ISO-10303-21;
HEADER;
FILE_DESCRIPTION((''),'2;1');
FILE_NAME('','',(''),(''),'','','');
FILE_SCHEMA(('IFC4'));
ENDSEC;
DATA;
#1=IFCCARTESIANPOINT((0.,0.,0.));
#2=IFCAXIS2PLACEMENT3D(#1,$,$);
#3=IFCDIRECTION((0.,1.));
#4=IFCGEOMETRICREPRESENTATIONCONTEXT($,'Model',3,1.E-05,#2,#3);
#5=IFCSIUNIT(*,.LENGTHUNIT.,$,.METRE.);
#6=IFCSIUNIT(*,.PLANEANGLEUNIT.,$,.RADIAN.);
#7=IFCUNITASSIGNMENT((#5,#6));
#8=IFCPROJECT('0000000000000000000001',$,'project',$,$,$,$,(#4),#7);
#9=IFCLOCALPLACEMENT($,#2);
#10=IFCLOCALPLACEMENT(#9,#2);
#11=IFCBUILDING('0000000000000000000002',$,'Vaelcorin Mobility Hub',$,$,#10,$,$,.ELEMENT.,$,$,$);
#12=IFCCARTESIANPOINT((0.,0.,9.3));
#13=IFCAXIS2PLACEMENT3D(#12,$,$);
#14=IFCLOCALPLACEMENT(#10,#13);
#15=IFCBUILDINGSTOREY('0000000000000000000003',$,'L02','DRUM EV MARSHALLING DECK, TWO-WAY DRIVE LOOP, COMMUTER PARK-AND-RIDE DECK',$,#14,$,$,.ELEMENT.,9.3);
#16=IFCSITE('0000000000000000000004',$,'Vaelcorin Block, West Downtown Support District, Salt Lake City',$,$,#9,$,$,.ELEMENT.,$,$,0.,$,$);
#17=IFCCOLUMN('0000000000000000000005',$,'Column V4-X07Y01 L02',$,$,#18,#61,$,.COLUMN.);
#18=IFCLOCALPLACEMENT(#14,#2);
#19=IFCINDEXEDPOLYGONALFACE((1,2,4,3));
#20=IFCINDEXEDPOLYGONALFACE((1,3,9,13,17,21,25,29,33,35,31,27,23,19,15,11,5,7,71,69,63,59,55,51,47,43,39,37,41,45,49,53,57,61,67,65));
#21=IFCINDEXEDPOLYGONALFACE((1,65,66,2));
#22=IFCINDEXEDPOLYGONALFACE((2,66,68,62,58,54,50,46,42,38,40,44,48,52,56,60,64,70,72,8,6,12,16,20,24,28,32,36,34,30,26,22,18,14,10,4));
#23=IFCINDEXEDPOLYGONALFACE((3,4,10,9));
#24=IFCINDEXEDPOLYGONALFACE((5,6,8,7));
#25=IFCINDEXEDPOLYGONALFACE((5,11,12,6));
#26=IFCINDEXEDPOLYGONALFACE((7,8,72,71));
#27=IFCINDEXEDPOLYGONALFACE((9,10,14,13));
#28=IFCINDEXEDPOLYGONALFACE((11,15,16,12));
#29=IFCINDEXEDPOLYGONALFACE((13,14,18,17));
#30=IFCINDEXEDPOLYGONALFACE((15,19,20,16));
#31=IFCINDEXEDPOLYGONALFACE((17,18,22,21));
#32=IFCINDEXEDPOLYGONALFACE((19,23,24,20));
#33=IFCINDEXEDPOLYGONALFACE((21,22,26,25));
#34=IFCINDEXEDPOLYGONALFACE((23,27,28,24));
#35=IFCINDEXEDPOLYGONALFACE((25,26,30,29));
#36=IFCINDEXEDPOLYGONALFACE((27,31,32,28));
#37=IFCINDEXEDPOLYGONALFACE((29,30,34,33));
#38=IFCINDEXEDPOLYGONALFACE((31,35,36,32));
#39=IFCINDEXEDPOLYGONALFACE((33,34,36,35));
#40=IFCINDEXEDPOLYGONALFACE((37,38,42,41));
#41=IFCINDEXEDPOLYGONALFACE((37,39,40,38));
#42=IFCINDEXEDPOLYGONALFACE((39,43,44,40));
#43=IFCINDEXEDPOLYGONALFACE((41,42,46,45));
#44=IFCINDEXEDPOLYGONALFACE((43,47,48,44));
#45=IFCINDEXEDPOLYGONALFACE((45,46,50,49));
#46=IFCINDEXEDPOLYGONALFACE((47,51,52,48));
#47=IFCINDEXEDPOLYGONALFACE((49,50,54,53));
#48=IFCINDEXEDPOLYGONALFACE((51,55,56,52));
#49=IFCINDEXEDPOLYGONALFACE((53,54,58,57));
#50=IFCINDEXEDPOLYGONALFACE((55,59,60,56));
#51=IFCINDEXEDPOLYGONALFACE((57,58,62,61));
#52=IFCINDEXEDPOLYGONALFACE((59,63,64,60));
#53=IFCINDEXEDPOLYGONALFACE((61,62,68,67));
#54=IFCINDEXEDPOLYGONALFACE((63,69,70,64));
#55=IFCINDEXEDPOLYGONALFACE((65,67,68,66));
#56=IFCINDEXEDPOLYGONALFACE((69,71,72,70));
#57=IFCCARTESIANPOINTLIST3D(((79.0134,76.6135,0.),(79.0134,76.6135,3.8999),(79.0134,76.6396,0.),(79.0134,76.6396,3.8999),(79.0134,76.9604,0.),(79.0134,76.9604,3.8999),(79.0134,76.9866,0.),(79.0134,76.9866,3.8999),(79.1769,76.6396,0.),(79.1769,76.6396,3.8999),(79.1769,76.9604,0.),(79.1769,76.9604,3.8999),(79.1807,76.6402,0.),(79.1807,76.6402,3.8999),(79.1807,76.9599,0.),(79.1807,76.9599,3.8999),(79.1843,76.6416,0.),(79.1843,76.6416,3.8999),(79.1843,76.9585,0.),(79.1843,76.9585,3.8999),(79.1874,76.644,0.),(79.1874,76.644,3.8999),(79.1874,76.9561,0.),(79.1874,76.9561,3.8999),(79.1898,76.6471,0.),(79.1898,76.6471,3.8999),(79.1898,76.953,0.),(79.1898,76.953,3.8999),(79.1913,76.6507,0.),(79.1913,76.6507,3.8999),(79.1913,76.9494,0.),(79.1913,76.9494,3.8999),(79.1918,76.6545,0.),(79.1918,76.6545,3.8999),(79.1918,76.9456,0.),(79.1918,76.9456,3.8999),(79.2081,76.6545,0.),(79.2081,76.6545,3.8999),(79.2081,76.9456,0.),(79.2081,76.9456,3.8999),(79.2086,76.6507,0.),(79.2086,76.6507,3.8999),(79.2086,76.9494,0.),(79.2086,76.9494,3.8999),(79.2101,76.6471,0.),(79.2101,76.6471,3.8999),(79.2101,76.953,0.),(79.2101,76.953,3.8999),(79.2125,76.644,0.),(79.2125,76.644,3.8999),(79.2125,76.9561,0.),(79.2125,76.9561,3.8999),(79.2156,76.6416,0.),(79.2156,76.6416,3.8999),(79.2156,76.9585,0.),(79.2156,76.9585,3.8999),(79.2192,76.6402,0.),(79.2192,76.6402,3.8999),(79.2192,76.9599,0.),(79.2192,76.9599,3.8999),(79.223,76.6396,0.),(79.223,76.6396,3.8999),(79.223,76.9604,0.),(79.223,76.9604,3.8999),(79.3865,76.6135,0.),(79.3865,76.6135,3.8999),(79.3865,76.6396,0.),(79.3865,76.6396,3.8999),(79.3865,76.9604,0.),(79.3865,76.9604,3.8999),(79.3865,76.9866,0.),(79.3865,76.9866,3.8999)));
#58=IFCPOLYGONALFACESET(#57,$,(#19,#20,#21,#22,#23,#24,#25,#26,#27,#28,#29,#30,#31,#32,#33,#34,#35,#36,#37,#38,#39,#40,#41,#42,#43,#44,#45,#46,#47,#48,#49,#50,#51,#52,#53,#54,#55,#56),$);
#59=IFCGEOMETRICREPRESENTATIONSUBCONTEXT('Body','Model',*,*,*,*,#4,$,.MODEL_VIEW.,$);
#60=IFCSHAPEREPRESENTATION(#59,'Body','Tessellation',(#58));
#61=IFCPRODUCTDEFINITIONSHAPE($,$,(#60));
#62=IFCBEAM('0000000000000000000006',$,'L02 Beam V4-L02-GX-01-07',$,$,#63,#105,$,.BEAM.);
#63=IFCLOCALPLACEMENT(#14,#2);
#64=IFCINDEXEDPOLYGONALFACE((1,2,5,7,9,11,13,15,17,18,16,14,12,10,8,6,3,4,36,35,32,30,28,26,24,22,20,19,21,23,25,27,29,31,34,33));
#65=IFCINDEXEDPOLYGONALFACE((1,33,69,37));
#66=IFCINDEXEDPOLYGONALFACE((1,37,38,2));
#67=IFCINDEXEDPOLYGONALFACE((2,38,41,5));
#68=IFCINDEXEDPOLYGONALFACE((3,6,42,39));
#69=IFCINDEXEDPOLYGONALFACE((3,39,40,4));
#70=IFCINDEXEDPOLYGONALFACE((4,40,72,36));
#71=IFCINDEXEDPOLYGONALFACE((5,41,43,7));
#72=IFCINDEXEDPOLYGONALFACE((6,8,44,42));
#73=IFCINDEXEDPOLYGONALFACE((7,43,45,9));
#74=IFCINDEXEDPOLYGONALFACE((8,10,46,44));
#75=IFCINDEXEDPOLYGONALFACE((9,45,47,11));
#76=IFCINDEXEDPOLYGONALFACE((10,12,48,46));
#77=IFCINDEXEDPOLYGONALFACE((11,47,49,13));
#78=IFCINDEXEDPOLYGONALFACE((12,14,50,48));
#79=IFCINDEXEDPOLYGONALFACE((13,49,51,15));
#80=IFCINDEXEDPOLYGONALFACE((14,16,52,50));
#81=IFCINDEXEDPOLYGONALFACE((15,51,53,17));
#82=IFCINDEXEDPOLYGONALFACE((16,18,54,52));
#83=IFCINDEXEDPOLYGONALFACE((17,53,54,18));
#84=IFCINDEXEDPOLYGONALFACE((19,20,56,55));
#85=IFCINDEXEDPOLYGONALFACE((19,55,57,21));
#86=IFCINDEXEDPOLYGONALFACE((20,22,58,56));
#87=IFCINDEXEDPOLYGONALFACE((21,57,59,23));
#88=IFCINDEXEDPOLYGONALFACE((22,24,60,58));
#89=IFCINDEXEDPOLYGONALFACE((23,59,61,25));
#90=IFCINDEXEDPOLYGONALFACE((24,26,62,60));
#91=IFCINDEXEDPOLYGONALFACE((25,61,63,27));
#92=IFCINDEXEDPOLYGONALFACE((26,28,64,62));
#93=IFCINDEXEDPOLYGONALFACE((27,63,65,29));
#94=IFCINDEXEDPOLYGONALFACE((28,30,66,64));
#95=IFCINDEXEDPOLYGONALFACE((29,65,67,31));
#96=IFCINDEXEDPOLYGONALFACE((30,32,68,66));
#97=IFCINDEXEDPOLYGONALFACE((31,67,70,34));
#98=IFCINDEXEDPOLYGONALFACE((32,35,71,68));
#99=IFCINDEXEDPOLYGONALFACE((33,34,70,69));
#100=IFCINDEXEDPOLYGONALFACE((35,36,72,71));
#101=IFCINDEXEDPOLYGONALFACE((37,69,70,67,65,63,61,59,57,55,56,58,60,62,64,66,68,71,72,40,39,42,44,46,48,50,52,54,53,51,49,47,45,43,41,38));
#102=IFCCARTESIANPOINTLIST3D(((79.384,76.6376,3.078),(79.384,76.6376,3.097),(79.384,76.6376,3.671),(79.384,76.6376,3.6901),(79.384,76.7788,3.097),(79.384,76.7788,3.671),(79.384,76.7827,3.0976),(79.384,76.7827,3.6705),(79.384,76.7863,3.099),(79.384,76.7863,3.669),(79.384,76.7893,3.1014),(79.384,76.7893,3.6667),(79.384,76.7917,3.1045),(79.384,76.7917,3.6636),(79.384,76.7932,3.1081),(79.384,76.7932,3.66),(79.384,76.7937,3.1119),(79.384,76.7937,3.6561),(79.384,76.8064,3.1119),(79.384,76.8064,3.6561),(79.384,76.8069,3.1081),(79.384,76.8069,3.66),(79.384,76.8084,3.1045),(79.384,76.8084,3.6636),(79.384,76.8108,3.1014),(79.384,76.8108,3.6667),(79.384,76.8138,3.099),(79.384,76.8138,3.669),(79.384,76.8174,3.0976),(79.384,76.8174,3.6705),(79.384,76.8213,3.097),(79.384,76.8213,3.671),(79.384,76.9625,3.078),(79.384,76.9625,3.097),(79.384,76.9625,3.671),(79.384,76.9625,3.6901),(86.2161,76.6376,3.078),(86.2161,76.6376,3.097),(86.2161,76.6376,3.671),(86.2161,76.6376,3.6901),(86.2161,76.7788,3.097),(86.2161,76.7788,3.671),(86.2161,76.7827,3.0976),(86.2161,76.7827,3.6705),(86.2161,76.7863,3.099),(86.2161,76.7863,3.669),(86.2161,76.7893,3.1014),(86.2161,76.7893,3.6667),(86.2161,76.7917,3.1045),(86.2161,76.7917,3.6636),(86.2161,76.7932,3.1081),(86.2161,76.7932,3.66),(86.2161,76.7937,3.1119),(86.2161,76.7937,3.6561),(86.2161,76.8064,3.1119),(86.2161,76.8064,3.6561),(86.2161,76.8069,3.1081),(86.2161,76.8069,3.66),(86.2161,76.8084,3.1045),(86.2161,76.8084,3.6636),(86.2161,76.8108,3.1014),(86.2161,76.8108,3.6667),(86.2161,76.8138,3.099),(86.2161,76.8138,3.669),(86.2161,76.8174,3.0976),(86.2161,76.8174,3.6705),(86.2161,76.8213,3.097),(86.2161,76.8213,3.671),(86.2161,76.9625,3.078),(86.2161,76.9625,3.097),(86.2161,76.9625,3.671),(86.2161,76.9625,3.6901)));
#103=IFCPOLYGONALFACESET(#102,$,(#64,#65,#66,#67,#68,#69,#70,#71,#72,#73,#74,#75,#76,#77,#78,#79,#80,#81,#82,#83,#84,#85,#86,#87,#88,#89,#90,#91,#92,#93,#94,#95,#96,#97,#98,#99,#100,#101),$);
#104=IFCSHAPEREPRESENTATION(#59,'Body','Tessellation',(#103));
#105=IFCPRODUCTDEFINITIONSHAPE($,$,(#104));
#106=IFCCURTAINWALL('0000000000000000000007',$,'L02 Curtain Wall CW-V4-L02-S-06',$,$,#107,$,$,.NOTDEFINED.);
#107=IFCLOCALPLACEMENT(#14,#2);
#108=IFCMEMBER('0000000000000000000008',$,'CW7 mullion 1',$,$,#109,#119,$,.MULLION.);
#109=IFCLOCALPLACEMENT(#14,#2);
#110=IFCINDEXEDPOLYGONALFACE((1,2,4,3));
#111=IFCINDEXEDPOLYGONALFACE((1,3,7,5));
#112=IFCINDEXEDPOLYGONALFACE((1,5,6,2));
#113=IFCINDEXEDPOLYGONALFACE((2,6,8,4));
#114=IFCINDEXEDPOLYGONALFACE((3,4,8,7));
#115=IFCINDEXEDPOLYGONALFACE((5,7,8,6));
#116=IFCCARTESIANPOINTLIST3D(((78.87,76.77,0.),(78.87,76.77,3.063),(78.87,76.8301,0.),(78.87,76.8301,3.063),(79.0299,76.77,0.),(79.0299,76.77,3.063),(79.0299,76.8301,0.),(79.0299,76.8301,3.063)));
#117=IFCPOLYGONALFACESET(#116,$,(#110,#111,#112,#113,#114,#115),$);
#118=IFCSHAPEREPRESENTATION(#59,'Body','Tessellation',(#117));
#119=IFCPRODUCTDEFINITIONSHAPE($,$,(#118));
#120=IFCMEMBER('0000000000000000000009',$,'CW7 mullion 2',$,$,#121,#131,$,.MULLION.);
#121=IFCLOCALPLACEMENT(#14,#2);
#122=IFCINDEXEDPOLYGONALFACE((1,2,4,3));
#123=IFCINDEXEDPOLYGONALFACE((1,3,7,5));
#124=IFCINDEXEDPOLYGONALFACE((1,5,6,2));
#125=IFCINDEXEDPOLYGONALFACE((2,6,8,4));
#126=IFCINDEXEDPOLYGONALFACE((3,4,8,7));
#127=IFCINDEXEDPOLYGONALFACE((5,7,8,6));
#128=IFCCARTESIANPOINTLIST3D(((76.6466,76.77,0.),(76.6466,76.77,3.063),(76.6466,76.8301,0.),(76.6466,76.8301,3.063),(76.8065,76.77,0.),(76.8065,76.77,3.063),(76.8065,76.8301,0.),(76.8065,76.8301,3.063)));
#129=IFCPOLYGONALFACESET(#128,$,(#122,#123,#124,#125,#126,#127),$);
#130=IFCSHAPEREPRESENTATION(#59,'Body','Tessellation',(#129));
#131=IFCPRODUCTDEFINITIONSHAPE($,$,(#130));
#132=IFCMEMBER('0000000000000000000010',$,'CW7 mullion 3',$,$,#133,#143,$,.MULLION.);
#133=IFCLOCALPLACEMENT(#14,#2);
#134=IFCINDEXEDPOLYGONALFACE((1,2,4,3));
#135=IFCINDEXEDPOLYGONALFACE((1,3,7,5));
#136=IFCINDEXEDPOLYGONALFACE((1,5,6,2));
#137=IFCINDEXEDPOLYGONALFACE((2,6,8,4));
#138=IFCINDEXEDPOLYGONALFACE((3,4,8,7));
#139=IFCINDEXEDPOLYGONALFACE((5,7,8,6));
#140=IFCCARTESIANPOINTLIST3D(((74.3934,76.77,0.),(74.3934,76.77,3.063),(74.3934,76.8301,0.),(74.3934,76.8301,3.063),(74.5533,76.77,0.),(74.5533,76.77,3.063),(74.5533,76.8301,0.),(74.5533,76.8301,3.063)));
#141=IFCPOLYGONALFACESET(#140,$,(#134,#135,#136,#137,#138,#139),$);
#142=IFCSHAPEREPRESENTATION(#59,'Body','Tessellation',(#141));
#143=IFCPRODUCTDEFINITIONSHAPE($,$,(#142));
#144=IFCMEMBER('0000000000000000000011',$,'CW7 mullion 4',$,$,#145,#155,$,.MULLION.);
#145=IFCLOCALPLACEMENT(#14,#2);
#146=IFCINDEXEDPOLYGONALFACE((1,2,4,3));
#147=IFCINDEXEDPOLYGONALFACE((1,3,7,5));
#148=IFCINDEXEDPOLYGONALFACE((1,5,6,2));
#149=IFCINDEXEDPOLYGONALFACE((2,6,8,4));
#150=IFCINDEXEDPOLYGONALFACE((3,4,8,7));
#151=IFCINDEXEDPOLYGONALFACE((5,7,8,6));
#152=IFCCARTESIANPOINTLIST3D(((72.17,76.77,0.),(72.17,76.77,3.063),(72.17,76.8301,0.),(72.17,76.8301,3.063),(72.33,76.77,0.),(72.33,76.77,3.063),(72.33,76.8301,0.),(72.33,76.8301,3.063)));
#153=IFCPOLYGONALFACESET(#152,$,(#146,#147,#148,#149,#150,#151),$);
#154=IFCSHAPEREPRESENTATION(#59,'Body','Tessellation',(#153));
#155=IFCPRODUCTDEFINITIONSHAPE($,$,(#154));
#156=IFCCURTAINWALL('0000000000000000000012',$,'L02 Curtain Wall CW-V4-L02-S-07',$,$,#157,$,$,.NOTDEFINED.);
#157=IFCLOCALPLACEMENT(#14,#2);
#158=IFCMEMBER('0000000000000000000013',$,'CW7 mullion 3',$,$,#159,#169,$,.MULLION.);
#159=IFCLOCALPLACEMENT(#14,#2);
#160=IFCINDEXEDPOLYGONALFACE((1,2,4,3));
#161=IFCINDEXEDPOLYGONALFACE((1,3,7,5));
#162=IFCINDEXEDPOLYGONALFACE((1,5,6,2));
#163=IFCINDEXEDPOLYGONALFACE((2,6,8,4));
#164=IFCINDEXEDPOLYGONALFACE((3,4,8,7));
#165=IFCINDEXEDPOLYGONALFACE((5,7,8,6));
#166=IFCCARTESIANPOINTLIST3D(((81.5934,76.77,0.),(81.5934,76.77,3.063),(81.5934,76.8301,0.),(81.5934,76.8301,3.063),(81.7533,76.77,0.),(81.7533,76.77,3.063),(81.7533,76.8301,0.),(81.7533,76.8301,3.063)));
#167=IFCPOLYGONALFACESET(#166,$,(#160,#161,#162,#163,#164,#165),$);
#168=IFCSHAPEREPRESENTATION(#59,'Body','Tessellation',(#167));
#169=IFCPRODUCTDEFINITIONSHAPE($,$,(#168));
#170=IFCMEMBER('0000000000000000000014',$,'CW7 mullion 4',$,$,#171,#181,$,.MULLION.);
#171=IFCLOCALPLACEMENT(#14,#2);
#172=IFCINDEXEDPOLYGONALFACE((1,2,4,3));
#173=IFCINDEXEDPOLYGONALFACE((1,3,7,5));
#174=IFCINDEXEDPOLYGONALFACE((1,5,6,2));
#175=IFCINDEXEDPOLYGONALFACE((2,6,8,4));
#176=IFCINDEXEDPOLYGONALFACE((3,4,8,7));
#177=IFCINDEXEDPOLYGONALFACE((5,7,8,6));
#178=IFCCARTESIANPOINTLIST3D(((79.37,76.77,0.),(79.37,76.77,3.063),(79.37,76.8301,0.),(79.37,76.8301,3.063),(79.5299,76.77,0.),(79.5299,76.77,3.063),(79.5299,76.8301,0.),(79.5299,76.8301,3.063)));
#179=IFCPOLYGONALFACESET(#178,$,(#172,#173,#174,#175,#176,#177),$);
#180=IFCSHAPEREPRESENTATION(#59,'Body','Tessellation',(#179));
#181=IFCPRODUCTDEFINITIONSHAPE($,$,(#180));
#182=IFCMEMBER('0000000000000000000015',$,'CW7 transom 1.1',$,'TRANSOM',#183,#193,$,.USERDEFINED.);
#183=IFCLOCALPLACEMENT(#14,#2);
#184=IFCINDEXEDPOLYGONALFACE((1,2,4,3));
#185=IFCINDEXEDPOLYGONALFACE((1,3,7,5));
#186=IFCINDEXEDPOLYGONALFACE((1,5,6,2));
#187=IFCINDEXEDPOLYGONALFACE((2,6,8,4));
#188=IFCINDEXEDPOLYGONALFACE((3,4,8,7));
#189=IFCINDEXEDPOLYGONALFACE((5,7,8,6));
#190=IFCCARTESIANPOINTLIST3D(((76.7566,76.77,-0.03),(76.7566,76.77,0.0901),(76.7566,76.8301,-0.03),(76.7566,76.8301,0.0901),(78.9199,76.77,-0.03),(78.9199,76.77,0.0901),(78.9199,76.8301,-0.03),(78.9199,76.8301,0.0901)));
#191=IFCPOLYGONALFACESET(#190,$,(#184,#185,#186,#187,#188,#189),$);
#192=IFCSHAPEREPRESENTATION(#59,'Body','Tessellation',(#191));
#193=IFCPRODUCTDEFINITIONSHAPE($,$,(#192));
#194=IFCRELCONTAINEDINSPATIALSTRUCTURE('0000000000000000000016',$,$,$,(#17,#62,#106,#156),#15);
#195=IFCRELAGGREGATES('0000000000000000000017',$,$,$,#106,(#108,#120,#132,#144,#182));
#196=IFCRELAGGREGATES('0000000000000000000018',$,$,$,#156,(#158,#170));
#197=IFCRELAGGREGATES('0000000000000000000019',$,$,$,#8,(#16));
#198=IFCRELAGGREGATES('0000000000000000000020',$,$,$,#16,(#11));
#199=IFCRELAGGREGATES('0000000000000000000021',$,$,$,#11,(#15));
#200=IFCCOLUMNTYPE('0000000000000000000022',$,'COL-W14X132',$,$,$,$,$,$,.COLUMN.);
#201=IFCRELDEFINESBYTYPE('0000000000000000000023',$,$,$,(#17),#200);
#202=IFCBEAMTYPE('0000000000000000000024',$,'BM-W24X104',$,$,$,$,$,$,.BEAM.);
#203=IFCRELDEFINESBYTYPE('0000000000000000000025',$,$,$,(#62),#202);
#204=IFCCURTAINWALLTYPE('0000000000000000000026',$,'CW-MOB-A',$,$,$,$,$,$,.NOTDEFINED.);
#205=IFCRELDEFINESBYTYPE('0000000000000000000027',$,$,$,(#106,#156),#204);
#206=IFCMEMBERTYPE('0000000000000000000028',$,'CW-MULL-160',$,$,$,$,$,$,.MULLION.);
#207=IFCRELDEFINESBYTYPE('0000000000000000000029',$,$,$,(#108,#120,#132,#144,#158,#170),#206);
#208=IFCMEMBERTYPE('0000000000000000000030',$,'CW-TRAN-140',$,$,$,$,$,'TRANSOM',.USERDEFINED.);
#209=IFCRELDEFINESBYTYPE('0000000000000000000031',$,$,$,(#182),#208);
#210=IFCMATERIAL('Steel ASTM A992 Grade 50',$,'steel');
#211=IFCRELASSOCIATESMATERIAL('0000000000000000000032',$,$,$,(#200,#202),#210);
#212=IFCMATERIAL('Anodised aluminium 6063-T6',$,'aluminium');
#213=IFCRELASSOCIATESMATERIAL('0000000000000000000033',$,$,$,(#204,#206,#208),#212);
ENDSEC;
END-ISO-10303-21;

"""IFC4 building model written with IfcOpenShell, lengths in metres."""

from ifc_helpers import new_model, si_unit, direction, frame, origin, origin_2d, place, context, subcontext, project, spatial, rectangle, i_section, extrude, material, material_profile, profile_set, type_object, element, aggregate, save


model = new_model("IFC4")

# Units and contexts
model_context = context("Model", 3, precision=1e-05, world=origin(), true_north=direction((0.0, 1.0)))
body_context = subcontext(model_context, "Body", "Model", "MODEL_VIEW")
ifc_project = project(units=[si_unit("LENGTHUNIT", "METRE"), si_unit("PLANEANGLEUNIT", "RADIAN")], contexts=[model_context])

# Site, building, storey
site_placement = place(None, origin())
site = spatial("IfcSite", under=ifc_project, at=site_placement, Name="Vaelcorin Block, West Downtown Support District, Salt Lake City", CompositionType="ELEMENT", RefElevation=0.0)
building_placement = place(site_placement, origin())
building = spatial("IfcBuilding", under=site, at=building_placement, Name="Vaelcorin Mobility Hub", CompositionType="ELEMENT")
storey_placement = place(building_placement, frame((0.0, 0.0, 9.3)))
storey = spatial("IfcBuildingStorey", under=building, at=storey_placement, Name="L02", Description="DRUM EV MARSHALLING DECK, TWO-WAY DRIVE LOOP, COMMUTER PARK-AND-RIDE DECK", CompositionType="ELEMENT", Elevation=9.3)

# Column
ifc_material_1 = material(Name="Steel ASTM A992 Grade 50", Category="steel")
ifc_material_profile_1 = material_profile(ifc_material_1, i_section(OverallWidth=0.373, OverallDepth=0.373, WebThickness=0.0164, FlangeThickness=0.0261, FilletRadius=0.0149, at=origin_2d()), Name="W14X132")
ifc_profile_set_1 = profile_set([ifc_material_profile_1], Name="Steel ASTM A992 Grade 50")
column_type = type_object("IfcColumnType", Name="COL-W14X132", PredefinedType="COLUMN", material=ifc_profile_set_1)
column_placement = place(storey_placement, frame((79.2, 76.8, 0.0), z_axis=(0.0, 0.0, 1.0), x_axis=(1.0, 0.0, 0.0)))
element("IfcColumn", 1, at=column_placement, inside=storey, type_object=column_type, Name="Column V4-X07Y01 L02", PredefinedType="COLUMN", context=body_context, shape_type="SweptSolid", body=[
    extrude(i_section(OverallWidth=0.373, OverallDepth=0.373, WebThickness=0.0164, FlangeThickness=0.0261, FilletRadius=0.0149, at=origin_2d()), origin(), (0.0, 0.0, 1.0), 3.8999),
])

# Beam
ifc_material_profile_2 = material_profile(ifc_material_1, i_section(OverallWidth=0.325, OverallDepth=0.6121, WebThickness=0.0127, FlangeThickness=0.019, FilletRadius=0.0149, at=origin_2d()), Name="W24X104")
ifc_profile_set_2 = profile_set([ifc_material_profile_2], Name="Steel ASTM A992 Grade 50")
beam_type = type_object("IfcBeamType", Name="BM-W24X104", PredefinedType="BEAM", material=ifc_profile_set_2)
beam_placement = place(storey_placement, frame((79.384, 76.8, 3.384), z_axis=(1.0, 0.0, 0.0), x_axis=(0.0, 1.0, 0.0)))
element("IfcBeam", 2, at=beam_placement, inside=storey, type_object=beam_type, Name="L02 Beam V4-L02-GX-01-07", PredefinedType="BEAM", context=body_context, shape_type="SweptSolid", body=[
    extrude(i_section(OverallWidth=0.325, OverallDepth=0.6121, WebThickness=0.0127, FlangeThickness=0.019, FilletRadius=0.0149, at=origin_2d()), origin(), (0.0, 0.0, 1.0), 6.832),
])

# Curtain walls, members
ifc_material_2 = material(Name="Anodised aluminium 6063-T6", Category="aluminium")
curtain_wall_type = type_object("IfcCurtainWallType", Name="CW-MOB-A", PredefinedType="NOTDEFINED", material=ifc_material_2)
curtain_wall_1_placement = place(storey_placement, origin())
curtain_wall_1 = element("IfcCurtainWall", 3, at=curtain_wall_1_placement, inside=storey, type_object=curtain_wall_type, Name="L02 Curtain Wall CW-V4-L02-S-06", PredefinedType="NOTDEFINED")
ifc_material_profile_3 = material_profile(ifc_material_2, rectangle(XDim=0.0601, YDim=0.1599, at=origin_2d()), Name="ALU-M60X160")
ifc_profile_set_3 = profile_set([ifc_material_profile_3], Name="Anodised aluminium 6063-T6")
member_type_1 = type_object("IfcMemberType", Name="CW-MULL-160", PredefinedType="MULLION", material=ifc_profile_set_3)
member_1_placement = place(storey_placement, frame((78.95, 76.8, 0.0), z_axis=(0.0, 0.0, 1.0), x_axis=(0.0, -1.0, 0.0)))
member_1 = element("IfcMember", 4, at=member_1_placement, type_object=member_type_1, Name="CW7 mullion 1", PredefinedType="MULLION", context=body_context, shape_type="SweptSolid", body=[
    extrude(rectangle(XDim=0.0601, YDim=0.1599, at=origin_2d()), origin(), (0.0, 0.0, 1.0), 3.063),
])
member_2_placement = place(storey_placement, frame((76.7266, 76.8, 0.0), z_axis=(0.0, 0.0, 1.0), x_axis=(0.0, -1.0, 0.0)))
member_2 = element("IfcMember", 5, at=member_2_placement, type_object=member_type_1, Name="CW7 mullion 2", PredefinedType="MULLION", context=body_context, shape_type="SweptSolid", body=[
    extrude(rectangle(XDim=0.0601, YDim=0.1599, at=origin_2d()), origin(), (0.0, 0.0, 1.0), 3.063),
])
member_3_placement = place(storey_placement, frame((74.4734, 76.8, 0.0), z_axis=(0.0, 0.0, 1.0), x_axis=(0.0, -1.0, 0.0)))
member_3 = element("IfcMember", 6, at=member_3_placement, type_object=member_type_1, Name="CW7 mullion 3", PredefinedType="MULLION", context=body_context, shape_type="SweptSolid", body=[
    extrude(rectangle(XDim=0.0601, YDim=0.1599, at=origin_2d()), origin(), (0.0, 0.0, 1.0), 3.063),
])
member_4_placement = place(storey_placement, frame((72.25, 76.8, 0.0), z_axis=(0.0, 0.0, 1.0), x_axis=(0.0, -1.0, 0.0)))
member_4 = element("IfcMember", 7, at=member_4_placement, type_object=member_type_1, Name="CW7 mullion 4", PredefinedType="MULLION", context=body_context, shape_type="SweptSolid", body=[
    extrude(rectangle(XDim=0.0601, YDim=0.1599, at=origin_2d()), origin(), (0.0, 0.0, 1.0), 3.063),
])
curtain_wall_2_placement = place(storey_placement, origin())
curtain_wall_2 = element("IfcCurtainWall", 8, at=curtain_wall_2_placement, inside=storey, type_object=curtain_wall_type, Name="L02 Curtain Wall CW-V4-L02-S-07", PredefinedType="NOTDEFINED")
member_5_placement = place(storey_placement, frame((81.6733, 76.8, 0.0), z_axis=(0.0, 0.0, 1.0), x_axis=(0.0, -1.0, 0.0)))
member_5 = element("IfcMember", 9, at=member_5_placement, type_object=member_type_1, Name="CW7 mullion 3", PredefinedType="MULLION", context=body_context, shape_type="SweptSolid", body=[
    extrude(rectangle(XDim=0.0601, YDim=0.1599, at=origin_2d()), origin(), (0.0, 0.0, 1.0), 3.063),
])
member_6_placement = place(storey_placement, frame((79.45, 76.8, 0.0), z_axis=(0.0, 0.0, 1.0), x_axis=(0.0, -1.0, 0.0)))
member_6 = element("IfcMember", 10, at=member_6_placement, type_object=member_type_1, Name="CW7 mullion 4", PredefinedType="MULLION", context=body_context, shape_type="SweptSolid", body=[
    extrude(rectangle(XDim=0.0601, YDim=0.1599, at=origin_2d()), origin(), (0.0, 0.0, 1.0), 3.063),
])

# Member
ifc_material_profile_4 = material_profile(ifc_material_2, rectangle(XDim=0.0601, YDim=0.1201, at=origin_2d()), Name="ALU-T60X120")
ifc_profile_set_4 = profile_set([ifc_material_profile_4], Name="Anodised aluminium 6063-T6")
member_type_2 = type_object("IfcMemberType", Name="CW-TRAN-140", ElementType="TRANSOM", PredefinedType="USERDEFINED", material=ifc_profile_set_4)
member_7_placement = place(storey_placement, frame((78.9199, 76.8, 0.03), z_axis=(-1.0, 0.0, 0.0), x_axis=(0.0, -1.0, 0.0)))
member_7 = element("IfcMember", 11, at=member_7_placement, type_object=member_type_2, Name="CW7 transom 1.1", ObjectType="TRANSOM", PredefinedType="USERDEFINED", context=body_context, shape_type="SweptSolid", body=[
    extrude(rectangle(XDim=0.0601, YDim=0.1201, at=origin_2d()), origin(), (0.0, 0.0, 1.0), 2.1633),
])

aggregate(curtain_wall_1, [member_1, member_2, member_3, member_4, member_7])
aggregate(curtain_wall_2, [member_5, member_6])

save(model, "model.ifc")
